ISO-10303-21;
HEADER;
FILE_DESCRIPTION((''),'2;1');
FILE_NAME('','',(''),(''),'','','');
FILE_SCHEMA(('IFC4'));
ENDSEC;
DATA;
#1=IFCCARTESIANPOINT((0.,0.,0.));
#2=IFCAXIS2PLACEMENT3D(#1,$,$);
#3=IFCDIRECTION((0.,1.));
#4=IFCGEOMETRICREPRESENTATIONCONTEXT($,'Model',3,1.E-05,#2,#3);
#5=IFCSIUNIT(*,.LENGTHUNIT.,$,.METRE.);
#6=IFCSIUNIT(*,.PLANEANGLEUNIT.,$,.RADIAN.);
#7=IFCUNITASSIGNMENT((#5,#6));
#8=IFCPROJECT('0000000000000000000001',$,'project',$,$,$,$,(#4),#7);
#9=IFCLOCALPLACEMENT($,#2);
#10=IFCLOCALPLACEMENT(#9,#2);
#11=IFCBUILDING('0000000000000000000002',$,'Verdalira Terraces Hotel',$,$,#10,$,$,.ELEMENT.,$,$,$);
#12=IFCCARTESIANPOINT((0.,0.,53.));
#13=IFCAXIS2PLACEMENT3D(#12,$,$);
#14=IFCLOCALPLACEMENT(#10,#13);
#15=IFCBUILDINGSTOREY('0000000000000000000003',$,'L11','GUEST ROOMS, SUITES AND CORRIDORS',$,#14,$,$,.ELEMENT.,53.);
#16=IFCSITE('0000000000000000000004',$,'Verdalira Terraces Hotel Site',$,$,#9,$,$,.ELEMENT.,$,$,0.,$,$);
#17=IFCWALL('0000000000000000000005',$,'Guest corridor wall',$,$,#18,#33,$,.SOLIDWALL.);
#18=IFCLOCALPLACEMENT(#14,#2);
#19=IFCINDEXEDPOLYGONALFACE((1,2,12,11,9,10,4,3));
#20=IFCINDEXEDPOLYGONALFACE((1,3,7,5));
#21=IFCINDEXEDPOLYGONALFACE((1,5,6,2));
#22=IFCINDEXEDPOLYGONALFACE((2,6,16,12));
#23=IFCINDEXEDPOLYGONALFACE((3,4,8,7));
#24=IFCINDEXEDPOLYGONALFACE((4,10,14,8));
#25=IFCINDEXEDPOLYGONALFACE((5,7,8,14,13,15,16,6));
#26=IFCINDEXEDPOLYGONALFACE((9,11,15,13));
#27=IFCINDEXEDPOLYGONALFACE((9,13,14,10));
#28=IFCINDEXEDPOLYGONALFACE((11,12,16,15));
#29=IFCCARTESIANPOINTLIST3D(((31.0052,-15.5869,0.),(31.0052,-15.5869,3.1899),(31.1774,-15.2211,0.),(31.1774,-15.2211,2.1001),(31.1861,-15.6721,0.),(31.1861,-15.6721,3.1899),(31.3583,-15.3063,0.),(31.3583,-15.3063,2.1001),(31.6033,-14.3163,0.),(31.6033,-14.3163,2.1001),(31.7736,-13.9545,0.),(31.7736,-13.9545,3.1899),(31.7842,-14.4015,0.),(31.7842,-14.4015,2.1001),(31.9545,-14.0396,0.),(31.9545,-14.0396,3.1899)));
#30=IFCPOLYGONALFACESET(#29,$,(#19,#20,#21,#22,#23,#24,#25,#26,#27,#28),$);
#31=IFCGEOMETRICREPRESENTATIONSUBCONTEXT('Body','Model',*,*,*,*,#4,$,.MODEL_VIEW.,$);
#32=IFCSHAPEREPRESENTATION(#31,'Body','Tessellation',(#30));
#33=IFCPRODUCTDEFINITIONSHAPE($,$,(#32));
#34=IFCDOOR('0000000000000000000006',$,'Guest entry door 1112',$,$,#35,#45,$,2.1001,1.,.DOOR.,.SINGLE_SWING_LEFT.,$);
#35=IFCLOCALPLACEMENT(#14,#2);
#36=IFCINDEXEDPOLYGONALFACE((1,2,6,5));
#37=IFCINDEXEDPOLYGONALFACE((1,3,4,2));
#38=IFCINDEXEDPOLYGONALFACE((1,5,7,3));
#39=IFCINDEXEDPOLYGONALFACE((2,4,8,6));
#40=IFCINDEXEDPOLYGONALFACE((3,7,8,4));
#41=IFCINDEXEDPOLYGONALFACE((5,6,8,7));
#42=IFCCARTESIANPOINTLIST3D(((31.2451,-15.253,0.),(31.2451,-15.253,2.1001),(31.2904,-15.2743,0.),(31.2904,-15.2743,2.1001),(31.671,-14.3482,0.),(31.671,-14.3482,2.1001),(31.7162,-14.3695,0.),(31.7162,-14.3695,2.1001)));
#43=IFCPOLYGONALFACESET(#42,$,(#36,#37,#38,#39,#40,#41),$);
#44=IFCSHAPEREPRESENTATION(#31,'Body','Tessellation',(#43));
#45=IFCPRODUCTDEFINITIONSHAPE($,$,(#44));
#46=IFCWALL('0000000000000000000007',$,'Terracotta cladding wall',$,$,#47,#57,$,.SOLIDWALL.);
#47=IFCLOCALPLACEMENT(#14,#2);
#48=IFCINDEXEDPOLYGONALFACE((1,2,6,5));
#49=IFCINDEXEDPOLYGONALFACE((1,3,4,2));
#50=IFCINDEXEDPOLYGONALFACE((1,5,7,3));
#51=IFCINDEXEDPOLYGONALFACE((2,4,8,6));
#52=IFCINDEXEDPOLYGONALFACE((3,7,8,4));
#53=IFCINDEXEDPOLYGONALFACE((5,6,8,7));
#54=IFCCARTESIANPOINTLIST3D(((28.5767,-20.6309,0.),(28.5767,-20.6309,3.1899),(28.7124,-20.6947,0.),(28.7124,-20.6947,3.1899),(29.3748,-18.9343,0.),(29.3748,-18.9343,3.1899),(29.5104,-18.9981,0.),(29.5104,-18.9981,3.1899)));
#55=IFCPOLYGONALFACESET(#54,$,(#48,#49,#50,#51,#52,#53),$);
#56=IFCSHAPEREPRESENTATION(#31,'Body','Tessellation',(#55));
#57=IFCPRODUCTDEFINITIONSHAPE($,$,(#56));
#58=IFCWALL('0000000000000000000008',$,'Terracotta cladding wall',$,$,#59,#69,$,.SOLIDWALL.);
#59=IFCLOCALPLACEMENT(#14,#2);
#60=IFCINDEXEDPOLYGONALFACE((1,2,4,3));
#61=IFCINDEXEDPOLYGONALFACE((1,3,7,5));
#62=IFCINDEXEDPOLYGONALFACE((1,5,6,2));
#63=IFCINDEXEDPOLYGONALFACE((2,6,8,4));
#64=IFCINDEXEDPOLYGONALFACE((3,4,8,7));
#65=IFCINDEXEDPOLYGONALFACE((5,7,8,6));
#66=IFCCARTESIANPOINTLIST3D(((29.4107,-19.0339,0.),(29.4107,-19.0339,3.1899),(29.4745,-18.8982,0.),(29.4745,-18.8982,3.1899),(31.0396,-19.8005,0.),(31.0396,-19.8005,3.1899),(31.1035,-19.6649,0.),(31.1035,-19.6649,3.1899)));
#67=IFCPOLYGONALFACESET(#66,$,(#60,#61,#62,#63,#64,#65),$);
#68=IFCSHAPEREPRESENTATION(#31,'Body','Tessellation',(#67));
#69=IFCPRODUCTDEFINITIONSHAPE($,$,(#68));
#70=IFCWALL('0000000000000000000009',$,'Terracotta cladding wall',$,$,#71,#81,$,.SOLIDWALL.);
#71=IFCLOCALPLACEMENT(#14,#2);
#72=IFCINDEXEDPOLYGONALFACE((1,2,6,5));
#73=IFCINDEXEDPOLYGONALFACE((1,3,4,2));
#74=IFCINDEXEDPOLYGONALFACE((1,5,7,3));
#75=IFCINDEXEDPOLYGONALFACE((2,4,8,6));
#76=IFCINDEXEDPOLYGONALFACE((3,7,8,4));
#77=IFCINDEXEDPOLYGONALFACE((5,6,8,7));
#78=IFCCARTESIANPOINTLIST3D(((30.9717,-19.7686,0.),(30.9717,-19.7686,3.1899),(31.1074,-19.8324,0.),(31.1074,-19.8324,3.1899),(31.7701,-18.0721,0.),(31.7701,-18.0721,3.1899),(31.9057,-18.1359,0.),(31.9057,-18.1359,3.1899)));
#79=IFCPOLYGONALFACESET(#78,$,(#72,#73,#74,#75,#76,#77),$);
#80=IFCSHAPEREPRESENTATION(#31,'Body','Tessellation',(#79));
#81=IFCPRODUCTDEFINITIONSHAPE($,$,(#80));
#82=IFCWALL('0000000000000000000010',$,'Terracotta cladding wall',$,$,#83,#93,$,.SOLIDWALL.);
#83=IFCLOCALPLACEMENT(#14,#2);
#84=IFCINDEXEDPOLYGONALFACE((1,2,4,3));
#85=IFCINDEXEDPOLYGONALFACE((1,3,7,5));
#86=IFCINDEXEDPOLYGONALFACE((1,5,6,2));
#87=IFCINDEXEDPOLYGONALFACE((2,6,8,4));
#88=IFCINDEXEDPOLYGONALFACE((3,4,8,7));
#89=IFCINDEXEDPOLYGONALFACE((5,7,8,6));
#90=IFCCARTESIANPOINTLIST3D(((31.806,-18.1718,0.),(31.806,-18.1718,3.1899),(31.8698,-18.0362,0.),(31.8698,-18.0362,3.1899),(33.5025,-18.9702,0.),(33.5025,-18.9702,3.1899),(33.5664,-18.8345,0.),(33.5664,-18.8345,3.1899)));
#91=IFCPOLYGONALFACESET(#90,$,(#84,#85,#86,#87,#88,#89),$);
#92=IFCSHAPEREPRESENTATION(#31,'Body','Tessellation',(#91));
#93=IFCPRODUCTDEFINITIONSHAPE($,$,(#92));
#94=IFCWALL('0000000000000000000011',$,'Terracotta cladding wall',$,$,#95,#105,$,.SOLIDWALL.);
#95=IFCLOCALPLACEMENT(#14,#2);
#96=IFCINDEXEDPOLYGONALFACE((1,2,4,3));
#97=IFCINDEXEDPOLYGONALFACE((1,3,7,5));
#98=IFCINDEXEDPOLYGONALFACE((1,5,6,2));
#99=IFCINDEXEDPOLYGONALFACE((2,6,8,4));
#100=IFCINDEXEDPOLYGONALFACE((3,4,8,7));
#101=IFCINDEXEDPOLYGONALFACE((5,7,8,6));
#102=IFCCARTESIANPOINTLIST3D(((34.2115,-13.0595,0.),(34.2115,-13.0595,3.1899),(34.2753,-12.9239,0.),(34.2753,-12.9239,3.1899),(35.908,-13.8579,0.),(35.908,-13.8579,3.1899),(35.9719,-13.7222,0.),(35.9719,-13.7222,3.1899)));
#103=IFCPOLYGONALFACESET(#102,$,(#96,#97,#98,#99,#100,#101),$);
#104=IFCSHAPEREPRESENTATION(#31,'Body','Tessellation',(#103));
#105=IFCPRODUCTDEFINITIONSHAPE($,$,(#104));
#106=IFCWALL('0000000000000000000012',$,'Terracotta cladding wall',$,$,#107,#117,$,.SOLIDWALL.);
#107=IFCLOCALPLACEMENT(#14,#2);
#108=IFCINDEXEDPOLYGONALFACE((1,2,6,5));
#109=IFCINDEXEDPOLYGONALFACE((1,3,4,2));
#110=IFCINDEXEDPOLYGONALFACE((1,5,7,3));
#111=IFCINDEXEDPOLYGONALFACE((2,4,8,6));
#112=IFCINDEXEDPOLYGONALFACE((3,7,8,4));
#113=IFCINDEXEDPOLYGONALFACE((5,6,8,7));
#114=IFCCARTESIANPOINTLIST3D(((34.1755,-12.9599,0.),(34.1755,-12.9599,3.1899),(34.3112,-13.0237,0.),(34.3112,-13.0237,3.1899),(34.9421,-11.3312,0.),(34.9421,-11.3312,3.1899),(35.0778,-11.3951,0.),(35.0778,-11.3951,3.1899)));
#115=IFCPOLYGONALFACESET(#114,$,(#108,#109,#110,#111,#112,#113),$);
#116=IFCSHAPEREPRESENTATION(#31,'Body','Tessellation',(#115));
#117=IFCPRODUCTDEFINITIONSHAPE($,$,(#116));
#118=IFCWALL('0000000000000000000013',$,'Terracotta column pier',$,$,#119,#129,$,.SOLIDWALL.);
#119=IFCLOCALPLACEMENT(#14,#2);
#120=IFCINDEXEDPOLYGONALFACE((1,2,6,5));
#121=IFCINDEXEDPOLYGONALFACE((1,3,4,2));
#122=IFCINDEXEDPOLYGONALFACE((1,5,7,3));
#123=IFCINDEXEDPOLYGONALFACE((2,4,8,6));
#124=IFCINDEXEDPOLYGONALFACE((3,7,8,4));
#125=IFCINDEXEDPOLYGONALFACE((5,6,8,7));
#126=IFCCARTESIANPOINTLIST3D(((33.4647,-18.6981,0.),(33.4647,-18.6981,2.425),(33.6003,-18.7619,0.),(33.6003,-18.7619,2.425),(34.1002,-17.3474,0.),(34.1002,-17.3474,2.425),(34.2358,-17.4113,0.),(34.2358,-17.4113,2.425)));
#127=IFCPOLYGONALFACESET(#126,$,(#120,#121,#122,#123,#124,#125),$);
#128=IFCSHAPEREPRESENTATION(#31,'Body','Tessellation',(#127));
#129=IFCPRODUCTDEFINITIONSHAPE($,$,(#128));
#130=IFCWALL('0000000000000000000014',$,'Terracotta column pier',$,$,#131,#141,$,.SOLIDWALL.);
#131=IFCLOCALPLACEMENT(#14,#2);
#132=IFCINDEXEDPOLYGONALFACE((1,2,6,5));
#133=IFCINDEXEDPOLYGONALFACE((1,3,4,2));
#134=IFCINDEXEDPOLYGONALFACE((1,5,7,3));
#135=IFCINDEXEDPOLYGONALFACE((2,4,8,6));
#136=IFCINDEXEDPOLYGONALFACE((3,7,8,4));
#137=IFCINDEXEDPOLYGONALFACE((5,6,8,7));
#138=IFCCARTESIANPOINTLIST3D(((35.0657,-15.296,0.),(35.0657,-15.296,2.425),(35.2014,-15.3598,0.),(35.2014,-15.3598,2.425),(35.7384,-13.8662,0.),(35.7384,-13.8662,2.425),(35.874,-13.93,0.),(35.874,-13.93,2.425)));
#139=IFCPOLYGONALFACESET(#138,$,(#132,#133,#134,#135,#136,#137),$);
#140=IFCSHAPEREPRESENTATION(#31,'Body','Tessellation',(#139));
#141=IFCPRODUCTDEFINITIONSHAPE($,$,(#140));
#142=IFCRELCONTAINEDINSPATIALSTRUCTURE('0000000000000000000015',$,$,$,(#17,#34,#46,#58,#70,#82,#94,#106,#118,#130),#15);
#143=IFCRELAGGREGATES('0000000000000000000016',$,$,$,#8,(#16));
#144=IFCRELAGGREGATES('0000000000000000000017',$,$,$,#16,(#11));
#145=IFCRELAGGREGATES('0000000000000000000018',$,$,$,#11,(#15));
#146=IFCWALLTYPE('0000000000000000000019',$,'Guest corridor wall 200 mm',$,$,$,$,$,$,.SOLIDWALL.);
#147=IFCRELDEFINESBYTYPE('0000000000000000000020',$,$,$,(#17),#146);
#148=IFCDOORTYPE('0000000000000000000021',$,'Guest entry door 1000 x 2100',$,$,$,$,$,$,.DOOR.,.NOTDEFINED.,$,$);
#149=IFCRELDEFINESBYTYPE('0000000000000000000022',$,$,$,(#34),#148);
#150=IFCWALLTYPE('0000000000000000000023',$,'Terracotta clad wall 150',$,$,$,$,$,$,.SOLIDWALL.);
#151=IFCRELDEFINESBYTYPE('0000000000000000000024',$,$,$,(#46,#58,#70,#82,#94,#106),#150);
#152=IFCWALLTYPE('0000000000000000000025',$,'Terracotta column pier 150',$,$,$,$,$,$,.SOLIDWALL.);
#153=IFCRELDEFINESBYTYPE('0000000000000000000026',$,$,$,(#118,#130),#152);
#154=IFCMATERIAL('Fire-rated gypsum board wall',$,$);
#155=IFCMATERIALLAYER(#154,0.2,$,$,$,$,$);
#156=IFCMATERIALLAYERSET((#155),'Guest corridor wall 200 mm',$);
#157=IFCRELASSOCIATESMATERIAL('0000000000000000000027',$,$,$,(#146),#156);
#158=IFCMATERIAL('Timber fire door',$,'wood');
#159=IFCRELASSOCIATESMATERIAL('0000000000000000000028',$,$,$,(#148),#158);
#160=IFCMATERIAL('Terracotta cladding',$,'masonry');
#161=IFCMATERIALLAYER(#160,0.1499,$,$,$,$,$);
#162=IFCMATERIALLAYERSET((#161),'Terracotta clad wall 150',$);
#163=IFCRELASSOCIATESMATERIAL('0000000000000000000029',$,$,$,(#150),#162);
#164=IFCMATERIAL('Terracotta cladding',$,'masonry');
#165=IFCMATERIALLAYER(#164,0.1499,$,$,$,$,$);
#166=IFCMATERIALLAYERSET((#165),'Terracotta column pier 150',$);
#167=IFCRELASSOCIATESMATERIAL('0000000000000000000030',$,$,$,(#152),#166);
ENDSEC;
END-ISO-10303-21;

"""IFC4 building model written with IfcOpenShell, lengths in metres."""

from ifc_helpers import new_model, si_unit, direction, frame, frame_2d, origin, place, context, subcontext, project, spatial, rectangle, extrude, material, layer, layer_set, type_object, element, fill, save


model = new_model("IFC4")

# Units and contexts
model_context = context("Model", 3, precision=1e-05, world=origin(), true_north=direction((0.0, 1.0)))
body_context = subcontext(model_context, "Body", "Model", "MODEL_VIEW")
ifc_project = project(units=[si_unit("LENGTHUNIT", "METRE"), si_unit("PLANEANGLEUNIT", "RADIAN")], contexts=[model_context])

# Site, building, storey
site_placement = place(None, origin())
site = spatial("IfcSite", under=ifc_project, at=site_placement, Name="Verdalira Terraces Hotel Site", CompositionType="ELEMENT", RefElevation=0.0)
building_placement = place(site_placement, origin())
building = spatial("IfcBuilding", under=site, at=building_placement, Name="Verdalira Terraces Hotel", CompositionType="ELEMENT")
storey_placement = place(building_placement, frame((0.0, 0.0, 53.0)))
storey = spatial("IfcBuildingStorey", under=building, at=storey_placement, Name="L11", Description="GUEST ROOMS, SUITES AND CORRIDORS", CompositionType="ELEMENT", Elevation=53.0)

# Wall, opening, door
ifc_material_1 = material(Name="Fire-rated gypsum board wall")
ifc_layer_1 = layer(ifc_material_1, 0.2)
ifc_layer_set_1 = layer_set([ifc_layer_1], Name="Guest corridor wall 200 mm")
wall_type_1 = type_object("IfcWallType", Name="Guest corridor wall 200 mm", PredefinedType="SOLIDWALL", material=ifc_layer_set_1)
ifc_material_2 = material(Name="Timber fire door", Category="wood")
door_type_1 = type_object("IfcDoorType", Name="Guest entry door 1000 x 2100", OperationType="NOTDEFINED", PredefinedType="DOOR", material=ifc_material_2)
wall_1_placement = place(storey_placement, frame((31.864, -13.9971, 0.0), z_axis=(0.0, 0.0, 1.0), x_axis=(-0.425869, -0.904785, 0.0)))
wall_1 = element("IfcWall", 1, at=wall_1_placement, inside=storey, type_object=wall_type_1, Name="Guest corridor wall", PredefinedType="SOLIDWALL", context=body_context, shape_type="SweptSolid", body=[
    extrude(rectangle(XDim=1.8042, YDim=0.2, at=frame_2d((0.9021, 0.0))), origin(), (0.0, 0.0, 1.0), 3.1899),
])
opening_1_placement = place(wall_1_placement, frame((0.3999, 0.0, 0.0)))
opening_1 = element("IfcOpeningElement", 2, at=opening_1_placement, cuts=wall_1, PredefinedType="OPENING", context=body_context, shape_type="SweptSolid", body=[
    extrude(rectangle(XDim=1.0, YDim=2.1001, at=frame_2d((0.5, 1.05))), frame((0.0, 0.1099, 0.0), z_axis=(0.0, -1.0, 0.0), x_axis=(1.0, 0.0, 0.0)), (0.0, 0.0, 1.0), 0.22),
])
door_1_placement = place(opening_1_placement, origin())
door_1 = element("IfcDoor", 3, at=door_1_placement, inside=storey, type_object=door_type_1, Name="Guest entry door 1112", OperationType="SINGLE_SWING_LEFT", OverallHeight=2.1001, OverallWidth=1.0, PredefinedType="DOOR", context=body_context, shape_type="SweptSolid", body=[
    extrude(rectangle(XDim=1.0, YDim=2.1001, at=frame_2d((0.5, 1.05))), frame((0.0, 0.0249, 0.0), z_axis=(0.0, -1.0, 0.0), x_axis=(1.0, 0.0, 0.0)), (0.0, 0.0, 1.0), 0.05),
])
fill(opening_1, door_1)

# Walls
ifc_material_3 = material(Name="Terracotta cladding", Category="masonry")
ifc_layer_2 = layer(ifc_material_3, 0.1499)
ifc_layer_set_2 = layer_set([ifc_layer_2], Name="Terracotta clad wall 150")
wall_type_2 = type_object("IfcWallType", Name="Terracotta clad wall 150", PredefinedType="SOLIDWALL", material=ifc_layer_set_2)
wall_2_placement = place(storey_placement, frame((28.6445, -20.6628, 0.0), z_axis=(0.0, 0.0, 1.0), x_axis=(0.425628, 0.904898, 0.0)))
element("IfcWall", 4, at=wall_2_placement, inside=storey, type_object=wall_type_2, Name="Terracotta cladding wall", PredefinedType="SOLIDWALL", context=body_context, shape_type="SweptSolid", body=[
    extrude(rectangle(XDim=1.875, YDim=0.1499, at=frame_2d((0.9375, 0.0))), origin(), (0.0, 0.0, 1.0), 3.1899),
])
wall_3_placement = place(storey_placement, frame((29.4426, -18.9661, 0.0), z_axis=(0.0, 0.0, 1.0), x_axis=(0.904806, -0.425823, 0.0)))
element("IfcWall", 5, at=wall_3_placement, inside=storey, type_object=wall_type_2, Name="Terracotta cladding wall", PredefinedType="SOLIDWALL", context=body_context, shape_type="SweptSolid", body=[
    extrude(rectangle(XDim=1.8003, YDim=0.1499, at=frame_2d((0.9001, 0.0))), origin(), (0.0, 0.0, 1.0), 3.1899),
])
for number, where, z_axis, x_axis, name in (
    (6, (31.0396, -19.8005, 0.0), (0.0, 0.0, 1.0), (0.425784, 0.904825, 0.0), "Terracotta cladding wall"),
    (7, (31.8379, -18.104, 0.0), (0.0, 0.0, 1.0), (0.904825, -0.425784, 0.0), "Terracotta cladding wall"),
    (8, (35.9399, -13.79, 0.0), (0.0, 0.0, 1.0), (-0.904825, 0.425784, 0.0), "Terracotta cladding wall"),
):
    element("IfcWall", number, at=place(storey_placement, frame(where, z_axis=z_axis, x_axis=x_axis)), inside=storey, type_object=wall_type_2, Name=name, PredefinedType="SOLIDWALL", context=body_context, shape_type="SweptSolid", body=[
        extrude(rectangle(XDim=1.875, YDim=0.1499, at=frame_2d((0.9375, 0.0))), origin(), (0.0, 0.0, 1.0), 3.1899),
    ])
wall_4_placement = place(storey_placement, frame((34.2434, -12.9917, 0.0), z_axis=(0.0, 0.0, 1.0), x_axis=(0.425875, 0.904782, 0.0)))
element("IfcWall", 9, at=wall_4_placement, inside=storey, type_object=wall_type_2, Name="Terracotta cladding wall", PredefinedType="SOLIDWALL", context=body_context, shape_type="SweptSolid", body=[
    extrude(rectangle(XDim=1.8, YDim=0.1499, at=frame_2d((0.8999, 0.0))), origin(), (0.0, 0.0, 1.0), 3.1899),
])
ifc_material_4 = material(Name="Terracotta cladding", Category="masonry")
ifc_layer_3 = layer(ifc_material_4, 0.1499)
ifc_layer_set_3 = layer_set([ifc_layer_3], Name="Terracotta column pier 150")
wall_type_3 = type_object("IfcWallType", Name="Terracotta column pier 150", PredefinedType="SOLIDWALL", material=ifc_layer_set_3)
wall_5_placement = place(storey_placement, frame((33.5325, -18.73, 0.0), z_axis=(0.0, 0.0, 1.0), x_axis=(0.425758, 0.904837, 0.0)))
element("IfcWall", 10, at=wall_5_placement, inside=storey, type_object=wall_type_3, Name="Terracotta column pier", PredefinedType="SOLIDWALL", context=body_context, shape_type="SweptSolid", body=[
    extrude(rectangle(XDim=1.4927, YDim=0.1499, at=frame_2d((0.7463, 0.0))), origin(), (0.0, 0.0, 1.0), 2.425),
])
wall_6_placement = place(storey_placement, frame((35.1335, -15.3279, 0.0), z_axis=(0.0, 0.0, 1.0), x_axis=(0.4257, 0.904864, 0.0)))
element("IfcWall", 11, at=wall_6_placement, inside=storey, type_object=wall_type_3, Name="Terracotta column pier", PredefinedType="SOLIDWALL", context=body_context, shape_type="SweptSolid", body=[
    extrude(rectangle(XDim=1.5801, YDim=0.1499, at=frame_2d((0.79, 0.0))), origin(), (0.0, 0.0, 1.0), 2.425),
])

save(model, "model.ifc")
